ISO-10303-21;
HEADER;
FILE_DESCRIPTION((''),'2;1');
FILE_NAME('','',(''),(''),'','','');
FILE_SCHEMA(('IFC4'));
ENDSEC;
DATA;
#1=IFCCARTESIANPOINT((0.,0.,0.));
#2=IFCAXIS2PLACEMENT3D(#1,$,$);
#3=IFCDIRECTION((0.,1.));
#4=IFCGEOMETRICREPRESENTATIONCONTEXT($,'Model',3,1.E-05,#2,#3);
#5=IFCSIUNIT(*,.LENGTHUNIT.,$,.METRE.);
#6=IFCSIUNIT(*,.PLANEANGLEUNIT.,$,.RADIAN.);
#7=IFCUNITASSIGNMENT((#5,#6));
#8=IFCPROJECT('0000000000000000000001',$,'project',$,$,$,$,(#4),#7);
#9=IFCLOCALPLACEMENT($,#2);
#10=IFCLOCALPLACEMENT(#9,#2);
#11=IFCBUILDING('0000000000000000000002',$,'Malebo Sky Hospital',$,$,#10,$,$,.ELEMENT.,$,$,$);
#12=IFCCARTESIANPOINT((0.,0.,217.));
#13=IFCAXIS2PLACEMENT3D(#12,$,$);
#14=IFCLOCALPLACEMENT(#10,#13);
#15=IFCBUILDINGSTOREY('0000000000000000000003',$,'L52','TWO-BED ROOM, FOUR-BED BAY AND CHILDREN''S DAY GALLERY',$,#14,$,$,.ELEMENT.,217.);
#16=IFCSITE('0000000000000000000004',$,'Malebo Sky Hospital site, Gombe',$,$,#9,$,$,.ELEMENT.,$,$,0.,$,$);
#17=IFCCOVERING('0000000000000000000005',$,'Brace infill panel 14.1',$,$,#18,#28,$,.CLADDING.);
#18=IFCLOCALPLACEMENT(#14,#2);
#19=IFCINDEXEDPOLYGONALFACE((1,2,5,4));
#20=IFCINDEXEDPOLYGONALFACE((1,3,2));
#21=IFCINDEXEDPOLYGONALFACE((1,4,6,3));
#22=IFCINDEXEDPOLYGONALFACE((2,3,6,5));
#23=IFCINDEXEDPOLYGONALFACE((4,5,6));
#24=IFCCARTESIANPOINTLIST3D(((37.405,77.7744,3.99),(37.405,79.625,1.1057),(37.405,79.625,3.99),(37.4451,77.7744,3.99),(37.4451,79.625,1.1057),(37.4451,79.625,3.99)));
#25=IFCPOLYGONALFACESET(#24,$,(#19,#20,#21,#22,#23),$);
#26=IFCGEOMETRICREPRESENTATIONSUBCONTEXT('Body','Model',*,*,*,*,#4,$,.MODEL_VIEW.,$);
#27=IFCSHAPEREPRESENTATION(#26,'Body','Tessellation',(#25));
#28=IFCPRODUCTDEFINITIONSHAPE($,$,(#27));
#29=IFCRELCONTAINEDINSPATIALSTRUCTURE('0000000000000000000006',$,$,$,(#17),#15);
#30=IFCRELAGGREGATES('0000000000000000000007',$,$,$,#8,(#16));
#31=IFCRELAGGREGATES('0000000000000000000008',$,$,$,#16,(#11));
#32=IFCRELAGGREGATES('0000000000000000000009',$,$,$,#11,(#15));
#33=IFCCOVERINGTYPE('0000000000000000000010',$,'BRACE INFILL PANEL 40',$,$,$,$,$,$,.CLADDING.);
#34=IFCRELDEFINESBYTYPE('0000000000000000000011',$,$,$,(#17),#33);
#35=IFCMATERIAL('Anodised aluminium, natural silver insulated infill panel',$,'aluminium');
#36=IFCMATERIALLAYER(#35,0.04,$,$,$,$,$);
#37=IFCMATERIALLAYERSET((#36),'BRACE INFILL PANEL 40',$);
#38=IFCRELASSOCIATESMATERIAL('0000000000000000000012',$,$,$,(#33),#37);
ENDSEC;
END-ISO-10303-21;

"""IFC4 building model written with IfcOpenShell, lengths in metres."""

from ifc_helpers import new_model, si_unit, direction, frame, origin, place, context, subcontext, project, spatial, polyline, outline, extrude, material, layer, layer_set, type_object, element, save


model = new_model("IFC4")

# Units and contexts
model_context = context("Model", 3, precision=1e-05, world=origin(), true_north=direction((0.0, 1.0)))
body_context = subcontext(model_context, "Body", "Model", "MODEL_VIEW")
ifc_project = project(units=[si_unit("LENGTHUNIT", "METRE"), si_unit("PLANEANGLEUNIT", "RADIAN")], contexts=[model_context])

# Site, building, storey
site_placement = place(None, origin())
site = spatial("IfcSite", under=ifc_project, at=site_placement, Name="Malebo Sky Hospital site, Gombe", CompositionType="ELEMENT", RefElevation=0.0)
building_placement = place(site_placement, origin())
building = spatial("IfcBuilding", under=site, at=building_placement, Name="Malebo Sky Hospital", CompositionType="ELEMENT")
storey_placement = place(building_placement, frame((0.0, 0.0, 217.0)))
storey = spatial("IfcBuildingStorey", under=building, at=storey_placement, Name="L52", Description="TWO-BED ROOM, FOUR-BED BAY AND CHILDREN'S DAY GALLERY", CompositionType="ELEMENT", Elevation=217.0)

# Covering
ifc_material_1 = material(Name="Anodised aluminium, natural silver insulated infill panel", Category="aluminium")
ifc_layer_1 = layer(ifc_material_1, 0.04)
ifc_layer_set_1 = layer_set([ifc_layer_1], Name="BRACE INFILL PANEL 40")
covering_type = type_object("IfcCoveringType", Name="BRACE INFILL PANEL 40", PredefinedType="CLADDING", material=ifc_layer_set_1)
covering_1_placement = place(storey_placement, frame((37.425, 78.6997, 1.1057), z_axis=(0.0, 0.0, 1.0), x_axis=(0.0, 1.0, 0.0)))
element("IfcCovering", 1, at=covering_1_placement, inside=storey, type_object=covering_type, Name="Brace infill panel 14.1", PredefinedType="CLADDING", context=body_context, shape_type="SweptSolid", body=[
    extrude(outline(polyline([(0.9253, 0.0), (0.9253, 2.8843), (-0.9253, 2.8843), (0.9253, 0.0)])), frame((0.0, 0.02, 0.0), z_axis=(0.0, -1.0, 0.0), x_axis=(1.0, 0.0, 0.0)), (0.0, 0.0, 1.0), 0.04),
])

save(model, "model.ifc")
